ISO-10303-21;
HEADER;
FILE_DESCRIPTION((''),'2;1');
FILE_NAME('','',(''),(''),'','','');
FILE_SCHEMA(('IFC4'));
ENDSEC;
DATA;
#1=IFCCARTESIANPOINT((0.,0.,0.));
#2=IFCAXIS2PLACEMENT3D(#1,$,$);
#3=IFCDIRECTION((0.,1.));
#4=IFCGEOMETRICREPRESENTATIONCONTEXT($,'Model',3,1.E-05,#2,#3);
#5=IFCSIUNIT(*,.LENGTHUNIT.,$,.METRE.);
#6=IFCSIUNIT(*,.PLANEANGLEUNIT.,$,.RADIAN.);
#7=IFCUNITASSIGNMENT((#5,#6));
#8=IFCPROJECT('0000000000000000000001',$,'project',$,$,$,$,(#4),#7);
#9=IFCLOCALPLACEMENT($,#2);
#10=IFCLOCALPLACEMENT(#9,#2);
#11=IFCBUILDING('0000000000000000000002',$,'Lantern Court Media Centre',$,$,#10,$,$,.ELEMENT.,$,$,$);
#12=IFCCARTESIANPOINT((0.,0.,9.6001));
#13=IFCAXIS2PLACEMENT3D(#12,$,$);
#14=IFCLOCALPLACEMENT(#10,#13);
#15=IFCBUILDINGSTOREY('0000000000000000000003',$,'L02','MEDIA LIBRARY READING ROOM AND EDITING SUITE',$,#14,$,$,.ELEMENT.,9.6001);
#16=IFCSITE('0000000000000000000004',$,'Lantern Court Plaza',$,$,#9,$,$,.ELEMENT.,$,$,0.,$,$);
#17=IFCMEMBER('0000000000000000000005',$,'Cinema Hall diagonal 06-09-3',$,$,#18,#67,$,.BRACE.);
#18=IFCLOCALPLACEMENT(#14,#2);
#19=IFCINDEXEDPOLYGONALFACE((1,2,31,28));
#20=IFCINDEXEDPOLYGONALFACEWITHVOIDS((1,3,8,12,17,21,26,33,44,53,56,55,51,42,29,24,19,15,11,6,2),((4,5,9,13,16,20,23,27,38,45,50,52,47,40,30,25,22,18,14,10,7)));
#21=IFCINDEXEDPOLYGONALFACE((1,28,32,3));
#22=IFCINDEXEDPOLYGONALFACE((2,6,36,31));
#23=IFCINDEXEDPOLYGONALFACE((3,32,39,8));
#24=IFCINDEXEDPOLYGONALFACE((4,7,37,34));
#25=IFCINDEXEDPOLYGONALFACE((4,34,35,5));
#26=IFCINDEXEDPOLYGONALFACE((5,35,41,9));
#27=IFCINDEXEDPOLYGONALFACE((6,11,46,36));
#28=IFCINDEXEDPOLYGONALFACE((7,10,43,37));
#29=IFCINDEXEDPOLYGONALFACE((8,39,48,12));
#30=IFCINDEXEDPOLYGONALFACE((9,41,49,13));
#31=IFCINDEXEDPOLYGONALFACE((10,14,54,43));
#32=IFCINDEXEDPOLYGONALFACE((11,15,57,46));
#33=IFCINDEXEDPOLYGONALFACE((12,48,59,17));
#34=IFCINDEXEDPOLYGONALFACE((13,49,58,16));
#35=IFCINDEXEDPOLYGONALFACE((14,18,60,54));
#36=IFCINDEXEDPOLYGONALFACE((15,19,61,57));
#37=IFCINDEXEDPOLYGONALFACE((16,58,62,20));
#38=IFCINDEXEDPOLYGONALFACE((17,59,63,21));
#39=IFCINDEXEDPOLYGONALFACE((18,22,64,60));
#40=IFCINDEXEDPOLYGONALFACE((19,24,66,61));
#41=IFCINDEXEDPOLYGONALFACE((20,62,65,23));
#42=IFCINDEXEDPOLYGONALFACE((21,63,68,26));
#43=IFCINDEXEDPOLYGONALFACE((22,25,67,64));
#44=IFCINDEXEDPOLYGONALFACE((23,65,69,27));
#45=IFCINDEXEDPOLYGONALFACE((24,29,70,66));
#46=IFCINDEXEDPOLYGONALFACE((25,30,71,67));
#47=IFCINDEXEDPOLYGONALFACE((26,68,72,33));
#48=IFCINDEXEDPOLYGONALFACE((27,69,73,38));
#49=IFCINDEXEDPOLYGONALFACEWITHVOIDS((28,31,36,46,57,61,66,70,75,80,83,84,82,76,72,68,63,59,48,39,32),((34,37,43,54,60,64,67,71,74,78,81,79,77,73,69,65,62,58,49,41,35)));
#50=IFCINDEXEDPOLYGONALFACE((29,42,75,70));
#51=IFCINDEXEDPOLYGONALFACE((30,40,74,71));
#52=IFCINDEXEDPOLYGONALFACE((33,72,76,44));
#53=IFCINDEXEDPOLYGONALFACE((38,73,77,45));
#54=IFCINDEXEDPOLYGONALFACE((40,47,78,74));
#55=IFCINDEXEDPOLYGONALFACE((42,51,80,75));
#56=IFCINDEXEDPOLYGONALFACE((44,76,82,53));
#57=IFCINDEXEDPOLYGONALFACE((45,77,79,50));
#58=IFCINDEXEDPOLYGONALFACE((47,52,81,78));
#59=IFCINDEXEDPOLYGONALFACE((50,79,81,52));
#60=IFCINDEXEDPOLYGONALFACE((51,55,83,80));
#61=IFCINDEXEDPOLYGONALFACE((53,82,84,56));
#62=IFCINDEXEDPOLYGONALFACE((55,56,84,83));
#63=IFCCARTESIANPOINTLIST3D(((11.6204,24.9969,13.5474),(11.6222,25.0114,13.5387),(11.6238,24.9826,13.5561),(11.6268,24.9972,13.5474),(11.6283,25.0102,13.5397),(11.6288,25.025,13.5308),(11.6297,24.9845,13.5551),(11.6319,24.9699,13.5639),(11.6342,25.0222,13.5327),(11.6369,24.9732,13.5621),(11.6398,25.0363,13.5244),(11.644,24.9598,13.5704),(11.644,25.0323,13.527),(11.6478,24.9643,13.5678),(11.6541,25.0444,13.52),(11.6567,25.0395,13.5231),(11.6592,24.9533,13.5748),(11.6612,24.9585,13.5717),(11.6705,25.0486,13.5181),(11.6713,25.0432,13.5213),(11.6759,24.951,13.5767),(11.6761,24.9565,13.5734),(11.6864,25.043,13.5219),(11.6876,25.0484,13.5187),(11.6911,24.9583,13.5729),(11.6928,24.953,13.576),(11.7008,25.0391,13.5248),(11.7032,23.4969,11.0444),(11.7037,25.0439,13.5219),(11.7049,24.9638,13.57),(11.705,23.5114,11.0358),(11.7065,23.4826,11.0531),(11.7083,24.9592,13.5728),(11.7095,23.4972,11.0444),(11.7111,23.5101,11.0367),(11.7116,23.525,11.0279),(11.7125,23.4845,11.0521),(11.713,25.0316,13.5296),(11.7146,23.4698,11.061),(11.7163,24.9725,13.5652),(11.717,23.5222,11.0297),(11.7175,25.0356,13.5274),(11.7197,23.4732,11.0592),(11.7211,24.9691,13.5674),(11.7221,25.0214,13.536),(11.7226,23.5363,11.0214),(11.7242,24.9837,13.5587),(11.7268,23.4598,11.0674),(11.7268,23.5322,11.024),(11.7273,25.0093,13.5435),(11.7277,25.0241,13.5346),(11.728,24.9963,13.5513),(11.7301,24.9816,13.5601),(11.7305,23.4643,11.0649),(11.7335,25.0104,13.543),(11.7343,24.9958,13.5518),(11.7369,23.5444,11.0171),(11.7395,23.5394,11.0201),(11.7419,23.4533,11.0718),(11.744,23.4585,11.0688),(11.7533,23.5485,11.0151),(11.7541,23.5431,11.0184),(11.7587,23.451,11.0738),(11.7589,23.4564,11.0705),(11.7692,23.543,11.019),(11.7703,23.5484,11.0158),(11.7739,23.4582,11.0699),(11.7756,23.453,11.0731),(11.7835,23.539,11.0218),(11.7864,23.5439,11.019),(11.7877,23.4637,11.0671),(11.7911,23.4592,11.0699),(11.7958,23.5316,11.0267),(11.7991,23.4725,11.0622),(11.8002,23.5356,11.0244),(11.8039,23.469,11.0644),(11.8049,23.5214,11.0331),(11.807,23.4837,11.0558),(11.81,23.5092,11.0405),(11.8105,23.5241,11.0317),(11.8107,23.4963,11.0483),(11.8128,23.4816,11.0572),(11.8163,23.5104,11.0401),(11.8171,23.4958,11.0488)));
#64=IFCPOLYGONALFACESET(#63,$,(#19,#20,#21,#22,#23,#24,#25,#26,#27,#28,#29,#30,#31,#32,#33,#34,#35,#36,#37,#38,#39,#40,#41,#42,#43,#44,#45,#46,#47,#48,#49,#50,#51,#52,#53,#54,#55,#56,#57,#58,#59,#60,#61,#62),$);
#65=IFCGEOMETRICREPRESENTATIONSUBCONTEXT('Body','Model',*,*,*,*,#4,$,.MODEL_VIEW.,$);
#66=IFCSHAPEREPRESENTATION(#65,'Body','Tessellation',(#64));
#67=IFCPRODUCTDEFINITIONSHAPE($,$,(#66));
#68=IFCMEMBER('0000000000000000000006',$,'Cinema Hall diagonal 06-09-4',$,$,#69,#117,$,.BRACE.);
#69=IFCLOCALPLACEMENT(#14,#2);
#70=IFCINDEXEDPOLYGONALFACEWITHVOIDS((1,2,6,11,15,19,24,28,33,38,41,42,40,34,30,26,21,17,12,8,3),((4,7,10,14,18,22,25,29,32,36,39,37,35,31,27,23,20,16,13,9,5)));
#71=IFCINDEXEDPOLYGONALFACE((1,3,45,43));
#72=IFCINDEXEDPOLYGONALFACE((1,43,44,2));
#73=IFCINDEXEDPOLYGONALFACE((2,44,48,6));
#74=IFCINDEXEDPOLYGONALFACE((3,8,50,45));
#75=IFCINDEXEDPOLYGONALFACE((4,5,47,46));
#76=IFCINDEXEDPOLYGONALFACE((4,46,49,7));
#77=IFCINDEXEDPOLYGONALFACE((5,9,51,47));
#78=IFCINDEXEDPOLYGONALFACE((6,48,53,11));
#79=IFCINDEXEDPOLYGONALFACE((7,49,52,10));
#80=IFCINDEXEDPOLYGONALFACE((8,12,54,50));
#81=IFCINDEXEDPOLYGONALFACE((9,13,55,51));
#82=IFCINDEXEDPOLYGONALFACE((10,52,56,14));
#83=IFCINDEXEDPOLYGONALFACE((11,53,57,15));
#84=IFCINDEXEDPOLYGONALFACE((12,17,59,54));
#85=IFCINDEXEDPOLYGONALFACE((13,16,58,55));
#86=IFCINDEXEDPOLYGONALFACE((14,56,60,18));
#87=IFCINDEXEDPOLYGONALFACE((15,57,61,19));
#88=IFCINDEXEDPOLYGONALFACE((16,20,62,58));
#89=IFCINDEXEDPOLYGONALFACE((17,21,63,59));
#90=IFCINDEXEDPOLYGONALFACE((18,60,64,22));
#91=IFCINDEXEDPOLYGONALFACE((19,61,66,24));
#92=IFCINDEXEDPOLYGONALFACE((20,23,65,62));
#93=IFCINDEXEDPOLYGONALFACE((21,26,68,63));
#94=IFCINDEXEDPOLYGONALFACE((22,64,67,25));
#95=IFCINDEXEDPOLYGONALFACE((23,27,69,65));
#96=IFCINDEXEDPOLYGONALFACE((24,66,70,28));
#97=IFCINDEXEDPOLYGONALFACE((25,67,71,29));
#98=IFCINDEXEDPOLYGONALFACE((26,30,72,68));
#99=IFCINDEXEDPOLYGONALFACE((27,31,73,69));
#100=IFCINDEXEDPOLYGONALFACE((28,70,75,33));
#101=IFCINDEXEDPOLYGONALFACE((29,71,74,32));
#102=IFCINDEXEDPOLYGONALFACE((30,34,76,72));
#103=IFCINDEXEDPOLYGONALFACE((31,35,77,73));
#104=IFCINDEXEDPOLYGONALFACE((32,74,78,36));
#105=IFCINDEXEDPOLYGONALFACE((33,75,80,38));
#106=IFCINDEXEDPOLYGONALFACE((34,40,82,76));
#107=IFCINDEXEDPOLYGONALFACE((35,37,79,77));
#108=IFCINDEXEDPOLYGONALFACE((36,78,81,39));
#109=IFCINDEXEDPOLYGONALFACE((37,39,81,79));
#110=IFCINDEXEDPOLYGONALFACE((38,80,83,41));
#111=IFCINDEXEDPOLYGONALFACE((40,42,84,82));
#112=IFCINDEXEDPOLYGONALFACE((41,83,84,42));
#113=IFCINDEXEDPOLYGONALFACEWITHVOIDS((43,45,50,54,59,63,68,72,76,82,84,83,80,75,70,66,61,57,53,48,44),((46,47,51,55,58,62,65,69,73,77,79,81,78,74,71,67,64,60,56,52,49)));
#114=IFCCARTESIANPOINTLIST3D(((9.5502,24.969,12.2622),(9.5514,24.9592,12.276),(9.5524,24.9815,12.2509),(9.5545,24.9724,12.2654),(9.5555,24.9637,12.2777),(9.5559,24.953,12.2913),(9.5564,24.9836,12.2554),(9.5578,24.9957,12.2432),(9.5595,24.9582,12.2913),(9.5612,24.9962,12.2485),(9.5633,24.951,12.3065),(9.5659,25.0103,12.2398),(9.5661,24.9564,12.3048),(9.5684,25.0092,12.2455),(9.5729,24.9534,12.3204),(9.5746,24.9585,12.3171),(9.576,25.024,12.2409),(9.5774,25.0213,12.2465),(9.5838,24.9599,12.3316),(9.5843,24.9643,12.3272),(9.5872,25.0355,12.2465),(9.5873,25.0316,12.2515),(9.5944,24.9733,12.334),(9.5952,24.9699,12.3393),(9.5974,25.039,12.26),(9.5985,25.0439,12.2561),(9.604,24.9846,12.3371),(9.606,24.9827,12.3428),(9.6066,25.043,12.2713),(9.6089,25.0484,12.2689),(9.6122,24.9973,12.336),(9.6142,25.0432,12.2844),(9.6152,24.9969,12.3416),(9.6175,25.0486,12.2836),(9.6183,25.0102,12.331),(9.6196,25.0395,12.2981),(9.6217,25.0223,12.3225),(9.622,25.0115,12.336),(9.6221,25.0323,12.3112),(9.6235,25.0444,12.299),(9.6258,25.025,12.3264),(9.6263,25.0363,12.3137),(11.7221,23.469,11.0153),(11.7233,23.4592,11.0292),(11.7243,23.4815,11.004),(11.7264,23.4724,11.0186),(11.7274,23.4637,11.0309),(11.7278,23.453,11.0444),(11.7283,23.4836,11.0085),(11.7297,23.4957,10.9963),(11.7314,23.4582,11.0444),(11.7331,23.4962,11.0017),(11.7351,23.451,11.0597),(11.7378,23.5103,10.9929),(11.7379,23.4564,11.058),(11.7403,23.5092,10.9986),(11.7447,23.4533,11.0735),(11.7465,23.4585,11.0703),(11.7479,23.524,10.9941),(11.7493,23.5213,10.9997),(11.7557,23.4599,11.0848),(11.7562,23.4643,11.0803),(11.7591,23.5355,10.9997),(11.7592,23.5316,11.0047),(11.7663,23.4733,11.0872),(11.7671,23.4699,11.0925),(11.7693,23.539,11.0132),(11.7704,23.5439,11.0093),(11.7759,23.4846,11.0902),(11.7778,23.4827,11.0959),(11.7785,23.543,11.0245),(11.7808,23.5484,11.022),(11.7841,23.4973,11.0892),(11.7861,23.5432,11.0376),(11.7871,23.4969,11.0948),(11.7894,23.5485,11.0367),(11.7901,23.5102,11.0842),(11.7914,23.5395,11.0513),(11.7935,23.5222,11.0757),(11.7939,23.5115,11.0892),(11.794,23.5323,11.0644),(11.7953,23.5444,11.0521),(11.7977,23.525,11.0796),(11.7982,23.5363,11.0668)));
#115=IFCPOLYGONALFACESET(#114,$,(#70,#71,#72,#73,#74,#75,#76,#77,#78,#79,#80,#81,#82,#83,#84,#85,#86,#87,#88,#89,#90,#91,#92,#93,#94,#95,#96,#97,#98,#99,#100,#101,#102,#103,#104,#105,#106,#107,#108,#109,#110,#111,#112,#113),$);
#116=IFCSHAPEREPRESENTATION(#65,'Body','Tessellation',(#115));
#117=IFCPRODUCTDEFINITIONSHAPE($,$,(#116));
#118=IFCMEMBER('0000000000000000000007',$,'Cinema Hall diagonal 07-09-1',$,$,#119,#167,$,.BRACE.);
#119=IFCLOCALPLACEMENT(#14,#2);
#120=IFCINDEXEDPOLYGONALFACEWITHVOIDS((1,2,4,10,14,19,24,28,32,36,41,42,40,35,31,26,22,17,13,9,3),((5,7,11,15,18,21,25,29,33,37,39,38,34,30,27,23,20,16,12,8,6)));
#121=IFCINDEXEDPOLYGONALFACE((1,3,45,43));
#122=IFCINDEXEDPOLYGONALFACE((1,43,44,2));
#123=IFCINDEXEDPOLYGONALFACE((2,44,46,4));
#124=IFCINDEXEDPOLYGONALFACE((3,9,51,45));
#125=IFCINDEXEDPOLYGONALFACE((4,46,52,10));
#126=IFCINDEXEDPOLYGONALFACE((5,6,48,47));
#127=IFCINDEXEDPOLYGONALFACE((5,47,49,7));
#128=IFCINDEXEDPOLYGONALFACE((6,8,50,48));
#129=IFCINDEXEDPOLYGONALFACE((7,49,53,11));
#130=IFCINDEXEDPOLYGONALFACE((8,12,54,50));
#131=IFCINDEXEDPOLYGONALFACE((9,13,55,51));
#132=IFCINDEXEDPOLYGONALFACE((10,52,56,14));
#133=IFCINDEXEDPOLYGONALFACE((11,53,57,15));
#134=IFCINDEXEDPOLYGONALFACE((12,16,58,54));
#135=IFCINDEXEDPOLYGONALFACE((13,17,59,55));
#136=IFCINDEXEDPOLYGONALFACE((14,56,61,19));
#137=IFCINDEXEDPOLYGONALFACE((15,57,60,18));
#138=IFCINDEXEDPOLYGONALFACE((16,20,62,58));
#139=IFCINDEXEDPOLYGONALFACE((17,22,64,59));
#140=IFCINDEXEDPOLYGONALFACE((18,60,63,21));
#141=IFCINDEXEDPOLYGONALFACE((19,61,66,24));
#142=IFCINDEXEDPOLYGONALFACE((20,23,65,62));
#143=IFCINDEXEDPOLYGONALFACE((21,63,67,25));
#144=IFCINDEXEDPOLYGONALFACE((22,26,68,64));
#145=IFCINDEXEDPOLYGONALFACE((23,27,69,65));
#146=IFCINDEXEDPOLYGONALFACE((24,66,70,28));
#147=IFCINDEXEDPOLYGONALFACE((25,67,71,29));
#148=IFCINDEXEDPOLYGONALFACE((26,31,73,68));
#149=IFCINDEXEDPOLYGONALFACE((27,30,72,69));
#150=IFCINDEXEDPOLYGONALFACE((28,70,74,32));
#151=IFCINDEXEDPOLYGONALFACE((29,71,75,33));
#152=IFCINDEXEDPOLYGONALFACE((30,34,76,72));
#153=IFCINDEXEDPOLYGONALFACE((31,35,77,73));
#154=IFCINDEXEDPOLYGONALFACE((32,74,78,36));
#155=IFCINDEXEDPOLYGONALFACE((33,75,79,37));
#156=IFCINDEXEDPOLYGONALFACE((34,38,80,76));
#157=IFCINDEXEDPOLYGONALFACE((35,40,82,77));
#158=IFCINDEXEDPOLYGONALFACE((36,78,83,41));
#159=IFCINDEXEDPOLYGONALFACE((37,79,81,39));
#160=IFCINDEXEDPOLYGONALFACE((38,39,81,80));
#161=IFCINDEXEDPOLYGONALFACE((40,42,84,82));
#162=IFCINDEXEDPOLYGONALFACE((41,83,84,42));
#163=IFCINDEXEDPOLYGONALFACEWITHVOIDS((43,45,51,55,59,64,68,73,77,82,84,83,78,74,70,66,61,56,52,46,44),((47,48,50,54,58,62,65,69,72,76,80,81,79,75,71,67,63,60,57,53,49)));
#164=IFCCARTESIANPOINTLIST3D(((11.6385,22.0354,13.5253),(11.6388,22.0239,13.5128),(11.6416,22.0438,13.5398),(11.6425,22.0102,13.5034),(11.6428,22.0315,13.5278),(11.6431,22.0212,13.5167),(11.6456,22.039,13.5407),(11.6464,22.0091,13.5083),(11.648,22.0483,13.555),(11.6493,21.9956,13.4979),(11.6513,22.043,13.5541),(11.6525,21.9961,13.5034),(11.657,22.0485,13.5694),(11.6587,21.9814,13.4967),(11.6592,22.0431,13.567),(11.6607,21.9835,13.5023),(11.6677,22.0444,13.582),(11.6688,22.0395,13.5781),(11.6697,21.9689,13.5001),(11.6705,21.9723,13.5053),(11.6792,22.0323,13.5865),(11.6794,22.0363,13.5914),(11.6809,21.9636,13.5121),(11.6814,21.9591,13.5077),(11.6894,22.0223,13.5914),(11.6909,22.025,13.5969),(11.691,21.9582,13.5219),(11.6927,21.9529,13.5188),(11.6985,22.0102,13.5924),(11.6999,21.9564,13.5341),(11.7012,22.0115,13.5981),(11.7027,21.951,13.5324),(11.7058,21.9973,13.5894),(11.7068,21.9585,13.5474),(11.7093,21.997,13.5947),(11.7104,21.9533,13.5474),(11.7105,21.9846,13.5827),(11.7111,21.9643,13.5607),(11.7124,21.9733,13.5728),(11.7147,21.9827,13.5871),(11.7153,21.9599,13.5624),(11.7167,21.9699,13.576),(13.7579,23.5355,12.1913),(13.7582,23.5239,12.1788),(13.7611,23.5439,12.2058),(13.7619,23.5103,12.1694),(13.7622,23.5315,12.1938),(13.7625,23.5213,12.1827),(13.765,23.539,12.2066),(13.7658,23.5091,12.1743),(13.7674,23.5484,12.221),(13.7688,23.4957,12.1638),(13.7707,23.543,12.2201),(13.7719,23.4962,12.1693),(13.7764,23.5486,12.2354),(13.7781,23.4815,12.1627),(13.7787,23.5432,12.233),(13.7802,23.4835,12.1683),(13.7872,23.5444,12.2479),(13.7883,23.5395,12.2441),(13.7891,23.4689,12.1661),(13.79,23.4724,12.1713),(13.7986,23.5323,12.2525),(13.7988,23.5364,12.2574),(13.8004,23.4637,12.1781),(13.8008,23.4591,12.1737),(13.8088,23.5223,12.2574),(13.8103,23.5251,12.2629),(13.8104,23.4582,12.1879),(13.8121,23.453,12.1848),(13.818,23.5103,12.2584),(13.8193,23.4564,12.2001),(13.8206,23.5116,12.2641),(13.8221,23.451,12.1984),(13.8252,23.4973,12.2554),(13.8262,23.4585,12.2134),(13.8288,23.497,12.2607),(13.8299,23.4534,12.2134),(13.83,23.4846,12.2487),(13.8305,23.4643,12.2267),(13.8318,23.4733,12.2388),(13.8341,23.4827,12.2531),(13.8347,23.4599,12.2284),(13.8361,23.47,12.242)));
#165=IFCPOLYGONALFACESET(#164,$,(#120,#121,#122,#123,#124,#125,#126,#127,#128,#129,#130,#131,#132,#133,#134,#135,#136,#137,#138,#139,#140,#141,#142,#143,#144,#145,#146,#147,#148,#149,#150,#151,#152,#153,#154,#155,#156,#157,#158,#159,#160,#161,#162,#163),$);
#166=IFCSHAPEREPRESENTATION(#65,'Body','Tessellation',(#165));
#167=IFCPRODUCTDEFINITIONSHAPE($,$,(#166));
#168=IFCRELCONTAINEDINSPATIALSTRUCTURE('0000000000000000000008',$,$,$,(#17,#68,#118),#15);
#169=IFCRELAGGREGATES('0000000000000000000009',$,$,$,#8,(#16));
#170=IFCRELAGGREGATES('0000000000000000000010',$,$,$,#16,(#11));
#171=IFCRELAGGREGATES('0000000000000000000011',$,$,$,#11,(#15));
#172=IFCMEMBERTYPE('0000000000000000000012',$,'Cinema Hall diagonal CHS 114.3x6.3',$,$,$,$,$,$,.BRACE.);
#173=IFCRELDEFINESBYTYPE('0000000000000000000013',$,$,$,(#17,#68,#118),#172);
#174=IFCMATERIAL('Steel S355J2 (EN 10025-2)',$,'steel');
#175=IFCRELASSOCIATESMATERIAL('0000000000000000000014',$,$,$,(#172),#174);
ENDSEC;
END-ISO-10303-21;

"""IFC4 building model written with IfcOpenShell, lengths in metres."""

from ifc_helpers import new_model, si_unit, direction, frame, origin, origin_2d, place, context, subcontext, project, spatial, hollow_circle, extrude, material, material_profile, profile_set, type_object, element, save


model = new_model("IFC4")

# Units and contexts
model_context = context("Model", 3, precision=1e-05, world=origin(), true_north=direction((0.0, 1.0)))
body_context = subcontext(model_context, "Body", "Model", "MODEL_VIEW")
ifc_project = project(units=[si_unit("LENGTHUNIT", "METRE"), si_unit("PLANEANGLEUNIT", "RADIAN")], contexts=[model_context])

# Site, building, storey
site_placement = place(None, origin())
site = spatial("IfcSite", under=ifc_project, at=site_placement, Name="Lantern Court Plaza", CompositionType="ELEMENT", RefElevation=0.0)
building_placement = place(site_placement, origin())
building = spatial("IfcBuilding", under=site, at=building_placement, Name="Lantern Court Media Centre", CompositionType="ELEMENT")
storey_placement = place(building_placement, frame((0.0, 0.0, 9.6001)))
storey = spatial("IfcBuildingStorey", under=building, at=storey_placement, Name="L02", Description="MEDIA LIBRARY READING ROOM AND EDITING SUITE", CompositionType="ELEMENT", Elevation=9.6001)

# Members
ifc_material = material(Name="Steel S355J2 (EN 10025-2)", Category="steel")
ifc_material_profile_1 = material_profile(ifc_material, hollow_circle(Radius=0.0571, WallThickness=0.0063, at=origin_2d()), Name="Cinema Hall diagonal CHS 114.3x6.3")
ifc_profile_set_1 = profile_set([ifc_material_profile_1], Name="Steel S355J2 (EN 10025-2)")
member_type_1 = type_object("IfcMemberType", Name="Cinema Hall diagonal CHS 114.3x6.3", PredefinedType="BRACE", material=ifc_profile_set_1)
for number, where, z_axis, x_axis, name in (
    (1, (11.7603, 23.5, 11.0444), (-0.028352, 0.513846, 0.857414), (-0.998481, -0.055092, 0.0), "Cinema Hall diagonal 06-09-3"),
    (2, (11.7603, 23.5, 11.0444), (-0.744002, 0.513843, 0.427115), (-0.568286, -0.822831, 0.0), "Cinema Hall diagonal 06-09-4"),
    (3, (13.7969, 23.5, 12.2134), (-0.726034, -0.513852, 0.45698), (0.577702, -0.816248, 0.0), "Cinema Hall diagonal 07-09-1"),
):
    element("IfcMember", number, at=place(storey_placement, frame(where, z_axis=z_axis, x_axis=x_axis)), inside=storey, type_object=member_type_1, Name=name, PredefinedType="BRACE", context=body_context, shape_type="SweptSolid", body=[
        extrude(hollow_circle(Radius=0.0571, WallThickness=0.0063, at=origin_2d()), origin(), (0.0, 0.0, 1.0), 2.9192),
    ])

save(model, "model.ifc")
